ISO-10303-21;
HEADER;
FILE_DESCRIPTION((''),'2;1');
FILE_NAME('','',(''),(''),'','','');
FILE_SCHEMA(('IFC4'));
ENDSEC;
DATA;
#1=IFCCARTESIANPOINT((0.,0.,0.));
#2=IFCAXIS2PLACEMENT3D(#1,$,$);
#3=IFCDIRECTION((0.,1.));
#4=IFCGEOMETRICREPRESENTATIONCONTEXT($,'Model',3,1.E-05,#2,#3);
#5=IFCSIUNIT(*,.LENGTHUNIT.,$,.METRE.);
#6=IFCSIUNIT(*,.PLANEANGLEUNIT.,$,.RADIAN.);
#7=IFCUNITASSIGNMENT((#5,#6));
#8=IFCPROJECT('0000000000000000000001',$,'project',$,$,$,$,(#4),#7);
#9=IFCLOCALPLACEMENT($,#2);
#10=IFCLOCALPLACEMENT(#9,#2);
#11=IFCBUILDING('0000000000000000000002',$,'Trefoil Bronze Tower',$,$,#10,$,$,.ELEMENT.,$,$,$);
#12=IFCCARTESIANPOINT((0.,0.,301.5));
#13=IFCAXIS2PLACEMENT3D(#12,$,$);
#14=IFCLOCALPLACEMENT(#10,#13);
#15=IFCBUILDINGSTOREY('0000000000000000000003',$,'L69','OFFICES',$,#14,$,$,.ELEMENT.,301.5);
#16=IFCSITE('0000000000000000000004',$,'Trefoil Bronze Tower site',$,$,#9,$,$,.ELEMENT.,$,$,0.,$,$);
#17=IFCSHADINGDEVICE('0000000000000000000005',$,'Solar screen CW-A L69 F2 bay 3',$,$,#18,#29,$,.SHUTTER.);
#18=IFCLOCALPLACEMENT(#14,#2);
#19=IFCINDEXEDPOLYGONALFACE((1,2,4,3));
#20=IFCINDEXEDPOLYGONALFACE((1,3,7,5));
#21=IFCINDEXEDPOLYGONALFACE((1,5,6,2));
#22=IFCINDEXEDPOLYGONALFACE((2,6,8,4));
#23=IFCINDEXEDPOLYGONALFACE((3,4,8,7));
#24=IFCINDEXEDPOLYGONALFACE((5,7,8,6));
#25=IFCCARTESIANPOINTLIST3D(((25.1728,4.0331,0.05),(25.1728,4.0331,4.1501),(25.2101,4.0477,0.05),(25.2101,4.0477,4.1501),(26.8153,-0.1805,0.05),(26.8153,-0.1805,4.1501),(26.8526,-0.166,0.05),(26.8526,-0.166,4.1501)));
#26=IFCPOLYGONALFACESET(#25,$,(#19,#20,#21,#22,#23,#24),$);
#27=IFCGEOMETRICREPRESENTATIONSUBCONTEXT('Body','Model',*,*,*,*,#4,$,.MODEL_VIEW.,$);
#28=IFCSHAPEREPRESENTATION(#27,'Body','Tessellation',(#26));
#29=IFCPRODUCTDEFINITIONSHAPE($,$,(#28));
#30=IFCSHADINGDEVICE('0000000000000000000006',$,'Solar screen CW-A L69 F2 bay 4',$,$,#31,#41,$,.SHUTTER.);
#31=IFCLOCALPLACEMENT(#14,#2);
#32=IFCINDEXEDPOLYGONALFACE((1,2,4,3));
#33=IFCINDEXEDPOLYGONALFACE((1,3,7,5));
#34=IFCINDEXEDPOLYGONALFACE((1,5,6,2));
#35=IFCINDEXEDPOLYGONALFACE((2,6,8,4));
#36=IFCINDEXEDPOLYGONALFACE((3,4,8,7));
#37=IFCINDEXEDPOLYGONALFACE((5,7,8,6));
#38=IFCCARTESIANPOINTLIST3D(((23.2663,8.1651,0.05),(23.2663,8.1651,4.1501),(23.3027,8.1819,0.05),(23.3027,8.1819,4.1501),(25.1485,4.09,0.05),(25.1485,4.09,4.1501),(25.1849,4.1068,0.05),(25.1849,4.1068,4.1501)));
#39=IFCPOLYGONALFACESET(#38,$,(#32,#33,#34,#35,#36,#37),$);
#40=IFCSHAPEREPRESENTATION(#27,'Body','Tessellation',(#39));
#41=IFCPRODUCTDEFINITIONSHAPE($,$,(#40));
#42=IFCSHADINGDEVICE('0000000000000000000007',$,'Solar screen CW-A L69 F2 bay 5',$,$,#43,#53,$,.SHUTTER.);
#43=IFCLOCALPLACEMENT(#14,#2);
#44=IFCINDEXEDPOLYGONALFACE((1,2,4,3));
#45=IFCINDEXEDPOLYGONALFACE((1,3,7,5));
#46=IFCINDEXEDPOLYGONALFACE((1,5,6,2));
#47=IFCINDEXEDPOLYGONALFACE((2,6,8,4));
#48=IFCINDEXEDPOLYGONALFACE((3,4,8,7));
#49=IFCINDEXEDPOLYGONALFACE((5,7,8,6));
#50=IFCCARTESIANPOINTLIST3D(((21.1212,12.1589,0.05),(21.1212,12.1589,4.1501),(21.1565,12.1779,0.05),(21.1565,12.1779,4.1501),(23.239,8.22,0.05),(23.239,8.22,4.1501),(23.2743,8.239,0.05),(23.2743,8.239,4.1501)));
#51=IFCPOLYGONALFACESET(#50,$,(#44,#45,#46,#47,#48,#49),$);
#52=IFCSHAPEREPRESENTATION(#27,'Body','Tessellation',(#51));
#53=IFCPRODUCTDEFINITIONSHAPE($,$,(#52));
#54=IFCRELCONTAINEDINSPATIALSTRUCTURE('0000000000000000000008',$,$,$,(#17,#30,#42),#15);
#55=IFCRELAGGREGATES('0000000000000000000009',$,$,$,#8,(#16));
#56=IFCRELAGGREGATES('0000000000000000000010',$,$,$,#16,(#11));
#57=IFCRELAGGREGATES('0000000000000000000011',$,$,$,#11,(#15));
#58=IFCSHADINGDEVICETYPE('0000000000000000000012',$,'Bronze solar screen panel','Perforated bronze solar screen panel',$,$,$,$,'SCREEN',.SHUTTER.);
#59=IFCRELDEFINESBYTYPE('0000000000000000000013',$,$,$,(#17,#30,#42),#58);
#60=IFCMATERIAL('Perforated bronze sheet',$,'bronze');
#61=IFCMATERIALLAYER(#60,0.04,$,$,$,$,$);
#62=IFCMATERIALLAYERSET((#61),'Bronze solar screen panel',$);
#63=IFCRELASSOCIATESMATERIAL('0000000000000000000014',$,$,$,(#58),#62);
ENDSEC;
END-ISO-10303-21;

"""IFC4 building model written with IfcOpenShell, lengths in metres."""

from ifc_helpers import new_model, si_unit, direction, frame, origin, origin_2d, place, context, subcontext, project, spatial, rectangle, extrude, material, layer, layer_set, type_object, element, save


model = new_model("IFC4")

# Units and contexts
model_context = context("Model", 3, precision=1e-05, world=origin(), true_north=direction((0.0, 1.0)))
body_context = subcontext(model_context, "Body", "Model", "MODEL_VIEW")
ifc_project = project(units=[si_unit("LENGTHUNIT", "METRE"), si_unit("PLANEANGLEUNIT", "RADIAN")], contexts=[model_context])

# Site, building, storey
site_placement = place(None, origin())
site = spatial("IfcSite", under=ifc_project, at=site_placement, Name="Trefoil Bronze Tower site", CompositionType="ELEMENT", RefElevation=0.0)
building_placement = place(site_placement, origin())
building = spatial("IfcBuilding", under=site, at=building_placement, Name="Trefoil Bronze Tower", CompositionType="ELEMENT")
storey_placement = place(building_placement, frame((0.0, 0.0, 301.5)))
storey = spatial("IfcBuildingStorey", under=building, at=storey_placement, Name="L69", Description="OFFICES", CompositionType="ELEMENT", Elevation=301.5)

# Shading devices
ifc_material_1 = material(Name="Perforated bronze sheet", Category="bronze")
ifc_layer_1 = layer(ifc_material_1, 0.04)
ifc_layer_set_1 = layer_set([ifc_layer_1], Name="Bronze solar screen panel")
shading_device_type = type_object("IfcShadingDeviceType", Name="Bronze solar screen panel", Description="Perforated bronze solar screen panel", ElementType="SCREEN", PredefinedType="SHUTTER", material=ifc_layer_set_1)
shading_device_1_placement = place(storey_placement, frame((26.0127, 1.9336, 0.05), z_axis=(0.0, 0.0, 1.0), x_axis=(-0.363199, 0.931712, 0.0)))
element("IfcShadingDevice", 1, at=shading_device_1_placement, inside=storey, type_object=shading_device_type, Name="Solar screen CW-A L69 F2 bay 3", PredefinedType="SHUTTER", context=body_context, shape_type="SweptSolid", body=[
    extrude(rectangle(XDim=4.5225, YDim=0.04, at=origin_2d()), origin(), (0.0, 0.0, 1.0), 4.1001),
])
shading_device_2_placement = place(storey_placement, frame((24.2256, 6.136, 0.05), z_axis=(0.0, 0.0, 1.0), x_axis=(-0.419309, 0.907844, 0.0)))
element("IfcShadingDevice", 2, at=shading_device_2_placement, inside=storey, type_object=shading_device_type, Name="Solar screen CW-A L69 F2 bay 4", PredefinedType="SHUTTER", context=body_context, shape_type="SweptSolid", body=[
    extrude(rectangle(XDim=4.4888, YDim=0.04, at=origin_2d()), origin(), (0.0, 0.0, 1.0), 4.1001),
])
shading_device_3_placement = place(storey_placement, frame((22.1978, 10.199, 0.05), z_axis=(0.0, 0.0, 1.0), x_axis=(-0.473562, 0.88076, 0.0)))
element("IfcShadingDevice", 3, at=shading_device_3_placement, inside=storey, type_object=shading_device_type, Name="Solar screen CW-A L69 F2 bay 5", PredefinedType="SHUTTER", context=body_context, shape_type="SweptSolid", body=[
    extrude(rectangle(XDim=4.4722, YDim=0.04, at=origin_2d()), origin(), (0.0, 0.0, 1.0), 4.1001),
])

save(model, "model.ifc")
